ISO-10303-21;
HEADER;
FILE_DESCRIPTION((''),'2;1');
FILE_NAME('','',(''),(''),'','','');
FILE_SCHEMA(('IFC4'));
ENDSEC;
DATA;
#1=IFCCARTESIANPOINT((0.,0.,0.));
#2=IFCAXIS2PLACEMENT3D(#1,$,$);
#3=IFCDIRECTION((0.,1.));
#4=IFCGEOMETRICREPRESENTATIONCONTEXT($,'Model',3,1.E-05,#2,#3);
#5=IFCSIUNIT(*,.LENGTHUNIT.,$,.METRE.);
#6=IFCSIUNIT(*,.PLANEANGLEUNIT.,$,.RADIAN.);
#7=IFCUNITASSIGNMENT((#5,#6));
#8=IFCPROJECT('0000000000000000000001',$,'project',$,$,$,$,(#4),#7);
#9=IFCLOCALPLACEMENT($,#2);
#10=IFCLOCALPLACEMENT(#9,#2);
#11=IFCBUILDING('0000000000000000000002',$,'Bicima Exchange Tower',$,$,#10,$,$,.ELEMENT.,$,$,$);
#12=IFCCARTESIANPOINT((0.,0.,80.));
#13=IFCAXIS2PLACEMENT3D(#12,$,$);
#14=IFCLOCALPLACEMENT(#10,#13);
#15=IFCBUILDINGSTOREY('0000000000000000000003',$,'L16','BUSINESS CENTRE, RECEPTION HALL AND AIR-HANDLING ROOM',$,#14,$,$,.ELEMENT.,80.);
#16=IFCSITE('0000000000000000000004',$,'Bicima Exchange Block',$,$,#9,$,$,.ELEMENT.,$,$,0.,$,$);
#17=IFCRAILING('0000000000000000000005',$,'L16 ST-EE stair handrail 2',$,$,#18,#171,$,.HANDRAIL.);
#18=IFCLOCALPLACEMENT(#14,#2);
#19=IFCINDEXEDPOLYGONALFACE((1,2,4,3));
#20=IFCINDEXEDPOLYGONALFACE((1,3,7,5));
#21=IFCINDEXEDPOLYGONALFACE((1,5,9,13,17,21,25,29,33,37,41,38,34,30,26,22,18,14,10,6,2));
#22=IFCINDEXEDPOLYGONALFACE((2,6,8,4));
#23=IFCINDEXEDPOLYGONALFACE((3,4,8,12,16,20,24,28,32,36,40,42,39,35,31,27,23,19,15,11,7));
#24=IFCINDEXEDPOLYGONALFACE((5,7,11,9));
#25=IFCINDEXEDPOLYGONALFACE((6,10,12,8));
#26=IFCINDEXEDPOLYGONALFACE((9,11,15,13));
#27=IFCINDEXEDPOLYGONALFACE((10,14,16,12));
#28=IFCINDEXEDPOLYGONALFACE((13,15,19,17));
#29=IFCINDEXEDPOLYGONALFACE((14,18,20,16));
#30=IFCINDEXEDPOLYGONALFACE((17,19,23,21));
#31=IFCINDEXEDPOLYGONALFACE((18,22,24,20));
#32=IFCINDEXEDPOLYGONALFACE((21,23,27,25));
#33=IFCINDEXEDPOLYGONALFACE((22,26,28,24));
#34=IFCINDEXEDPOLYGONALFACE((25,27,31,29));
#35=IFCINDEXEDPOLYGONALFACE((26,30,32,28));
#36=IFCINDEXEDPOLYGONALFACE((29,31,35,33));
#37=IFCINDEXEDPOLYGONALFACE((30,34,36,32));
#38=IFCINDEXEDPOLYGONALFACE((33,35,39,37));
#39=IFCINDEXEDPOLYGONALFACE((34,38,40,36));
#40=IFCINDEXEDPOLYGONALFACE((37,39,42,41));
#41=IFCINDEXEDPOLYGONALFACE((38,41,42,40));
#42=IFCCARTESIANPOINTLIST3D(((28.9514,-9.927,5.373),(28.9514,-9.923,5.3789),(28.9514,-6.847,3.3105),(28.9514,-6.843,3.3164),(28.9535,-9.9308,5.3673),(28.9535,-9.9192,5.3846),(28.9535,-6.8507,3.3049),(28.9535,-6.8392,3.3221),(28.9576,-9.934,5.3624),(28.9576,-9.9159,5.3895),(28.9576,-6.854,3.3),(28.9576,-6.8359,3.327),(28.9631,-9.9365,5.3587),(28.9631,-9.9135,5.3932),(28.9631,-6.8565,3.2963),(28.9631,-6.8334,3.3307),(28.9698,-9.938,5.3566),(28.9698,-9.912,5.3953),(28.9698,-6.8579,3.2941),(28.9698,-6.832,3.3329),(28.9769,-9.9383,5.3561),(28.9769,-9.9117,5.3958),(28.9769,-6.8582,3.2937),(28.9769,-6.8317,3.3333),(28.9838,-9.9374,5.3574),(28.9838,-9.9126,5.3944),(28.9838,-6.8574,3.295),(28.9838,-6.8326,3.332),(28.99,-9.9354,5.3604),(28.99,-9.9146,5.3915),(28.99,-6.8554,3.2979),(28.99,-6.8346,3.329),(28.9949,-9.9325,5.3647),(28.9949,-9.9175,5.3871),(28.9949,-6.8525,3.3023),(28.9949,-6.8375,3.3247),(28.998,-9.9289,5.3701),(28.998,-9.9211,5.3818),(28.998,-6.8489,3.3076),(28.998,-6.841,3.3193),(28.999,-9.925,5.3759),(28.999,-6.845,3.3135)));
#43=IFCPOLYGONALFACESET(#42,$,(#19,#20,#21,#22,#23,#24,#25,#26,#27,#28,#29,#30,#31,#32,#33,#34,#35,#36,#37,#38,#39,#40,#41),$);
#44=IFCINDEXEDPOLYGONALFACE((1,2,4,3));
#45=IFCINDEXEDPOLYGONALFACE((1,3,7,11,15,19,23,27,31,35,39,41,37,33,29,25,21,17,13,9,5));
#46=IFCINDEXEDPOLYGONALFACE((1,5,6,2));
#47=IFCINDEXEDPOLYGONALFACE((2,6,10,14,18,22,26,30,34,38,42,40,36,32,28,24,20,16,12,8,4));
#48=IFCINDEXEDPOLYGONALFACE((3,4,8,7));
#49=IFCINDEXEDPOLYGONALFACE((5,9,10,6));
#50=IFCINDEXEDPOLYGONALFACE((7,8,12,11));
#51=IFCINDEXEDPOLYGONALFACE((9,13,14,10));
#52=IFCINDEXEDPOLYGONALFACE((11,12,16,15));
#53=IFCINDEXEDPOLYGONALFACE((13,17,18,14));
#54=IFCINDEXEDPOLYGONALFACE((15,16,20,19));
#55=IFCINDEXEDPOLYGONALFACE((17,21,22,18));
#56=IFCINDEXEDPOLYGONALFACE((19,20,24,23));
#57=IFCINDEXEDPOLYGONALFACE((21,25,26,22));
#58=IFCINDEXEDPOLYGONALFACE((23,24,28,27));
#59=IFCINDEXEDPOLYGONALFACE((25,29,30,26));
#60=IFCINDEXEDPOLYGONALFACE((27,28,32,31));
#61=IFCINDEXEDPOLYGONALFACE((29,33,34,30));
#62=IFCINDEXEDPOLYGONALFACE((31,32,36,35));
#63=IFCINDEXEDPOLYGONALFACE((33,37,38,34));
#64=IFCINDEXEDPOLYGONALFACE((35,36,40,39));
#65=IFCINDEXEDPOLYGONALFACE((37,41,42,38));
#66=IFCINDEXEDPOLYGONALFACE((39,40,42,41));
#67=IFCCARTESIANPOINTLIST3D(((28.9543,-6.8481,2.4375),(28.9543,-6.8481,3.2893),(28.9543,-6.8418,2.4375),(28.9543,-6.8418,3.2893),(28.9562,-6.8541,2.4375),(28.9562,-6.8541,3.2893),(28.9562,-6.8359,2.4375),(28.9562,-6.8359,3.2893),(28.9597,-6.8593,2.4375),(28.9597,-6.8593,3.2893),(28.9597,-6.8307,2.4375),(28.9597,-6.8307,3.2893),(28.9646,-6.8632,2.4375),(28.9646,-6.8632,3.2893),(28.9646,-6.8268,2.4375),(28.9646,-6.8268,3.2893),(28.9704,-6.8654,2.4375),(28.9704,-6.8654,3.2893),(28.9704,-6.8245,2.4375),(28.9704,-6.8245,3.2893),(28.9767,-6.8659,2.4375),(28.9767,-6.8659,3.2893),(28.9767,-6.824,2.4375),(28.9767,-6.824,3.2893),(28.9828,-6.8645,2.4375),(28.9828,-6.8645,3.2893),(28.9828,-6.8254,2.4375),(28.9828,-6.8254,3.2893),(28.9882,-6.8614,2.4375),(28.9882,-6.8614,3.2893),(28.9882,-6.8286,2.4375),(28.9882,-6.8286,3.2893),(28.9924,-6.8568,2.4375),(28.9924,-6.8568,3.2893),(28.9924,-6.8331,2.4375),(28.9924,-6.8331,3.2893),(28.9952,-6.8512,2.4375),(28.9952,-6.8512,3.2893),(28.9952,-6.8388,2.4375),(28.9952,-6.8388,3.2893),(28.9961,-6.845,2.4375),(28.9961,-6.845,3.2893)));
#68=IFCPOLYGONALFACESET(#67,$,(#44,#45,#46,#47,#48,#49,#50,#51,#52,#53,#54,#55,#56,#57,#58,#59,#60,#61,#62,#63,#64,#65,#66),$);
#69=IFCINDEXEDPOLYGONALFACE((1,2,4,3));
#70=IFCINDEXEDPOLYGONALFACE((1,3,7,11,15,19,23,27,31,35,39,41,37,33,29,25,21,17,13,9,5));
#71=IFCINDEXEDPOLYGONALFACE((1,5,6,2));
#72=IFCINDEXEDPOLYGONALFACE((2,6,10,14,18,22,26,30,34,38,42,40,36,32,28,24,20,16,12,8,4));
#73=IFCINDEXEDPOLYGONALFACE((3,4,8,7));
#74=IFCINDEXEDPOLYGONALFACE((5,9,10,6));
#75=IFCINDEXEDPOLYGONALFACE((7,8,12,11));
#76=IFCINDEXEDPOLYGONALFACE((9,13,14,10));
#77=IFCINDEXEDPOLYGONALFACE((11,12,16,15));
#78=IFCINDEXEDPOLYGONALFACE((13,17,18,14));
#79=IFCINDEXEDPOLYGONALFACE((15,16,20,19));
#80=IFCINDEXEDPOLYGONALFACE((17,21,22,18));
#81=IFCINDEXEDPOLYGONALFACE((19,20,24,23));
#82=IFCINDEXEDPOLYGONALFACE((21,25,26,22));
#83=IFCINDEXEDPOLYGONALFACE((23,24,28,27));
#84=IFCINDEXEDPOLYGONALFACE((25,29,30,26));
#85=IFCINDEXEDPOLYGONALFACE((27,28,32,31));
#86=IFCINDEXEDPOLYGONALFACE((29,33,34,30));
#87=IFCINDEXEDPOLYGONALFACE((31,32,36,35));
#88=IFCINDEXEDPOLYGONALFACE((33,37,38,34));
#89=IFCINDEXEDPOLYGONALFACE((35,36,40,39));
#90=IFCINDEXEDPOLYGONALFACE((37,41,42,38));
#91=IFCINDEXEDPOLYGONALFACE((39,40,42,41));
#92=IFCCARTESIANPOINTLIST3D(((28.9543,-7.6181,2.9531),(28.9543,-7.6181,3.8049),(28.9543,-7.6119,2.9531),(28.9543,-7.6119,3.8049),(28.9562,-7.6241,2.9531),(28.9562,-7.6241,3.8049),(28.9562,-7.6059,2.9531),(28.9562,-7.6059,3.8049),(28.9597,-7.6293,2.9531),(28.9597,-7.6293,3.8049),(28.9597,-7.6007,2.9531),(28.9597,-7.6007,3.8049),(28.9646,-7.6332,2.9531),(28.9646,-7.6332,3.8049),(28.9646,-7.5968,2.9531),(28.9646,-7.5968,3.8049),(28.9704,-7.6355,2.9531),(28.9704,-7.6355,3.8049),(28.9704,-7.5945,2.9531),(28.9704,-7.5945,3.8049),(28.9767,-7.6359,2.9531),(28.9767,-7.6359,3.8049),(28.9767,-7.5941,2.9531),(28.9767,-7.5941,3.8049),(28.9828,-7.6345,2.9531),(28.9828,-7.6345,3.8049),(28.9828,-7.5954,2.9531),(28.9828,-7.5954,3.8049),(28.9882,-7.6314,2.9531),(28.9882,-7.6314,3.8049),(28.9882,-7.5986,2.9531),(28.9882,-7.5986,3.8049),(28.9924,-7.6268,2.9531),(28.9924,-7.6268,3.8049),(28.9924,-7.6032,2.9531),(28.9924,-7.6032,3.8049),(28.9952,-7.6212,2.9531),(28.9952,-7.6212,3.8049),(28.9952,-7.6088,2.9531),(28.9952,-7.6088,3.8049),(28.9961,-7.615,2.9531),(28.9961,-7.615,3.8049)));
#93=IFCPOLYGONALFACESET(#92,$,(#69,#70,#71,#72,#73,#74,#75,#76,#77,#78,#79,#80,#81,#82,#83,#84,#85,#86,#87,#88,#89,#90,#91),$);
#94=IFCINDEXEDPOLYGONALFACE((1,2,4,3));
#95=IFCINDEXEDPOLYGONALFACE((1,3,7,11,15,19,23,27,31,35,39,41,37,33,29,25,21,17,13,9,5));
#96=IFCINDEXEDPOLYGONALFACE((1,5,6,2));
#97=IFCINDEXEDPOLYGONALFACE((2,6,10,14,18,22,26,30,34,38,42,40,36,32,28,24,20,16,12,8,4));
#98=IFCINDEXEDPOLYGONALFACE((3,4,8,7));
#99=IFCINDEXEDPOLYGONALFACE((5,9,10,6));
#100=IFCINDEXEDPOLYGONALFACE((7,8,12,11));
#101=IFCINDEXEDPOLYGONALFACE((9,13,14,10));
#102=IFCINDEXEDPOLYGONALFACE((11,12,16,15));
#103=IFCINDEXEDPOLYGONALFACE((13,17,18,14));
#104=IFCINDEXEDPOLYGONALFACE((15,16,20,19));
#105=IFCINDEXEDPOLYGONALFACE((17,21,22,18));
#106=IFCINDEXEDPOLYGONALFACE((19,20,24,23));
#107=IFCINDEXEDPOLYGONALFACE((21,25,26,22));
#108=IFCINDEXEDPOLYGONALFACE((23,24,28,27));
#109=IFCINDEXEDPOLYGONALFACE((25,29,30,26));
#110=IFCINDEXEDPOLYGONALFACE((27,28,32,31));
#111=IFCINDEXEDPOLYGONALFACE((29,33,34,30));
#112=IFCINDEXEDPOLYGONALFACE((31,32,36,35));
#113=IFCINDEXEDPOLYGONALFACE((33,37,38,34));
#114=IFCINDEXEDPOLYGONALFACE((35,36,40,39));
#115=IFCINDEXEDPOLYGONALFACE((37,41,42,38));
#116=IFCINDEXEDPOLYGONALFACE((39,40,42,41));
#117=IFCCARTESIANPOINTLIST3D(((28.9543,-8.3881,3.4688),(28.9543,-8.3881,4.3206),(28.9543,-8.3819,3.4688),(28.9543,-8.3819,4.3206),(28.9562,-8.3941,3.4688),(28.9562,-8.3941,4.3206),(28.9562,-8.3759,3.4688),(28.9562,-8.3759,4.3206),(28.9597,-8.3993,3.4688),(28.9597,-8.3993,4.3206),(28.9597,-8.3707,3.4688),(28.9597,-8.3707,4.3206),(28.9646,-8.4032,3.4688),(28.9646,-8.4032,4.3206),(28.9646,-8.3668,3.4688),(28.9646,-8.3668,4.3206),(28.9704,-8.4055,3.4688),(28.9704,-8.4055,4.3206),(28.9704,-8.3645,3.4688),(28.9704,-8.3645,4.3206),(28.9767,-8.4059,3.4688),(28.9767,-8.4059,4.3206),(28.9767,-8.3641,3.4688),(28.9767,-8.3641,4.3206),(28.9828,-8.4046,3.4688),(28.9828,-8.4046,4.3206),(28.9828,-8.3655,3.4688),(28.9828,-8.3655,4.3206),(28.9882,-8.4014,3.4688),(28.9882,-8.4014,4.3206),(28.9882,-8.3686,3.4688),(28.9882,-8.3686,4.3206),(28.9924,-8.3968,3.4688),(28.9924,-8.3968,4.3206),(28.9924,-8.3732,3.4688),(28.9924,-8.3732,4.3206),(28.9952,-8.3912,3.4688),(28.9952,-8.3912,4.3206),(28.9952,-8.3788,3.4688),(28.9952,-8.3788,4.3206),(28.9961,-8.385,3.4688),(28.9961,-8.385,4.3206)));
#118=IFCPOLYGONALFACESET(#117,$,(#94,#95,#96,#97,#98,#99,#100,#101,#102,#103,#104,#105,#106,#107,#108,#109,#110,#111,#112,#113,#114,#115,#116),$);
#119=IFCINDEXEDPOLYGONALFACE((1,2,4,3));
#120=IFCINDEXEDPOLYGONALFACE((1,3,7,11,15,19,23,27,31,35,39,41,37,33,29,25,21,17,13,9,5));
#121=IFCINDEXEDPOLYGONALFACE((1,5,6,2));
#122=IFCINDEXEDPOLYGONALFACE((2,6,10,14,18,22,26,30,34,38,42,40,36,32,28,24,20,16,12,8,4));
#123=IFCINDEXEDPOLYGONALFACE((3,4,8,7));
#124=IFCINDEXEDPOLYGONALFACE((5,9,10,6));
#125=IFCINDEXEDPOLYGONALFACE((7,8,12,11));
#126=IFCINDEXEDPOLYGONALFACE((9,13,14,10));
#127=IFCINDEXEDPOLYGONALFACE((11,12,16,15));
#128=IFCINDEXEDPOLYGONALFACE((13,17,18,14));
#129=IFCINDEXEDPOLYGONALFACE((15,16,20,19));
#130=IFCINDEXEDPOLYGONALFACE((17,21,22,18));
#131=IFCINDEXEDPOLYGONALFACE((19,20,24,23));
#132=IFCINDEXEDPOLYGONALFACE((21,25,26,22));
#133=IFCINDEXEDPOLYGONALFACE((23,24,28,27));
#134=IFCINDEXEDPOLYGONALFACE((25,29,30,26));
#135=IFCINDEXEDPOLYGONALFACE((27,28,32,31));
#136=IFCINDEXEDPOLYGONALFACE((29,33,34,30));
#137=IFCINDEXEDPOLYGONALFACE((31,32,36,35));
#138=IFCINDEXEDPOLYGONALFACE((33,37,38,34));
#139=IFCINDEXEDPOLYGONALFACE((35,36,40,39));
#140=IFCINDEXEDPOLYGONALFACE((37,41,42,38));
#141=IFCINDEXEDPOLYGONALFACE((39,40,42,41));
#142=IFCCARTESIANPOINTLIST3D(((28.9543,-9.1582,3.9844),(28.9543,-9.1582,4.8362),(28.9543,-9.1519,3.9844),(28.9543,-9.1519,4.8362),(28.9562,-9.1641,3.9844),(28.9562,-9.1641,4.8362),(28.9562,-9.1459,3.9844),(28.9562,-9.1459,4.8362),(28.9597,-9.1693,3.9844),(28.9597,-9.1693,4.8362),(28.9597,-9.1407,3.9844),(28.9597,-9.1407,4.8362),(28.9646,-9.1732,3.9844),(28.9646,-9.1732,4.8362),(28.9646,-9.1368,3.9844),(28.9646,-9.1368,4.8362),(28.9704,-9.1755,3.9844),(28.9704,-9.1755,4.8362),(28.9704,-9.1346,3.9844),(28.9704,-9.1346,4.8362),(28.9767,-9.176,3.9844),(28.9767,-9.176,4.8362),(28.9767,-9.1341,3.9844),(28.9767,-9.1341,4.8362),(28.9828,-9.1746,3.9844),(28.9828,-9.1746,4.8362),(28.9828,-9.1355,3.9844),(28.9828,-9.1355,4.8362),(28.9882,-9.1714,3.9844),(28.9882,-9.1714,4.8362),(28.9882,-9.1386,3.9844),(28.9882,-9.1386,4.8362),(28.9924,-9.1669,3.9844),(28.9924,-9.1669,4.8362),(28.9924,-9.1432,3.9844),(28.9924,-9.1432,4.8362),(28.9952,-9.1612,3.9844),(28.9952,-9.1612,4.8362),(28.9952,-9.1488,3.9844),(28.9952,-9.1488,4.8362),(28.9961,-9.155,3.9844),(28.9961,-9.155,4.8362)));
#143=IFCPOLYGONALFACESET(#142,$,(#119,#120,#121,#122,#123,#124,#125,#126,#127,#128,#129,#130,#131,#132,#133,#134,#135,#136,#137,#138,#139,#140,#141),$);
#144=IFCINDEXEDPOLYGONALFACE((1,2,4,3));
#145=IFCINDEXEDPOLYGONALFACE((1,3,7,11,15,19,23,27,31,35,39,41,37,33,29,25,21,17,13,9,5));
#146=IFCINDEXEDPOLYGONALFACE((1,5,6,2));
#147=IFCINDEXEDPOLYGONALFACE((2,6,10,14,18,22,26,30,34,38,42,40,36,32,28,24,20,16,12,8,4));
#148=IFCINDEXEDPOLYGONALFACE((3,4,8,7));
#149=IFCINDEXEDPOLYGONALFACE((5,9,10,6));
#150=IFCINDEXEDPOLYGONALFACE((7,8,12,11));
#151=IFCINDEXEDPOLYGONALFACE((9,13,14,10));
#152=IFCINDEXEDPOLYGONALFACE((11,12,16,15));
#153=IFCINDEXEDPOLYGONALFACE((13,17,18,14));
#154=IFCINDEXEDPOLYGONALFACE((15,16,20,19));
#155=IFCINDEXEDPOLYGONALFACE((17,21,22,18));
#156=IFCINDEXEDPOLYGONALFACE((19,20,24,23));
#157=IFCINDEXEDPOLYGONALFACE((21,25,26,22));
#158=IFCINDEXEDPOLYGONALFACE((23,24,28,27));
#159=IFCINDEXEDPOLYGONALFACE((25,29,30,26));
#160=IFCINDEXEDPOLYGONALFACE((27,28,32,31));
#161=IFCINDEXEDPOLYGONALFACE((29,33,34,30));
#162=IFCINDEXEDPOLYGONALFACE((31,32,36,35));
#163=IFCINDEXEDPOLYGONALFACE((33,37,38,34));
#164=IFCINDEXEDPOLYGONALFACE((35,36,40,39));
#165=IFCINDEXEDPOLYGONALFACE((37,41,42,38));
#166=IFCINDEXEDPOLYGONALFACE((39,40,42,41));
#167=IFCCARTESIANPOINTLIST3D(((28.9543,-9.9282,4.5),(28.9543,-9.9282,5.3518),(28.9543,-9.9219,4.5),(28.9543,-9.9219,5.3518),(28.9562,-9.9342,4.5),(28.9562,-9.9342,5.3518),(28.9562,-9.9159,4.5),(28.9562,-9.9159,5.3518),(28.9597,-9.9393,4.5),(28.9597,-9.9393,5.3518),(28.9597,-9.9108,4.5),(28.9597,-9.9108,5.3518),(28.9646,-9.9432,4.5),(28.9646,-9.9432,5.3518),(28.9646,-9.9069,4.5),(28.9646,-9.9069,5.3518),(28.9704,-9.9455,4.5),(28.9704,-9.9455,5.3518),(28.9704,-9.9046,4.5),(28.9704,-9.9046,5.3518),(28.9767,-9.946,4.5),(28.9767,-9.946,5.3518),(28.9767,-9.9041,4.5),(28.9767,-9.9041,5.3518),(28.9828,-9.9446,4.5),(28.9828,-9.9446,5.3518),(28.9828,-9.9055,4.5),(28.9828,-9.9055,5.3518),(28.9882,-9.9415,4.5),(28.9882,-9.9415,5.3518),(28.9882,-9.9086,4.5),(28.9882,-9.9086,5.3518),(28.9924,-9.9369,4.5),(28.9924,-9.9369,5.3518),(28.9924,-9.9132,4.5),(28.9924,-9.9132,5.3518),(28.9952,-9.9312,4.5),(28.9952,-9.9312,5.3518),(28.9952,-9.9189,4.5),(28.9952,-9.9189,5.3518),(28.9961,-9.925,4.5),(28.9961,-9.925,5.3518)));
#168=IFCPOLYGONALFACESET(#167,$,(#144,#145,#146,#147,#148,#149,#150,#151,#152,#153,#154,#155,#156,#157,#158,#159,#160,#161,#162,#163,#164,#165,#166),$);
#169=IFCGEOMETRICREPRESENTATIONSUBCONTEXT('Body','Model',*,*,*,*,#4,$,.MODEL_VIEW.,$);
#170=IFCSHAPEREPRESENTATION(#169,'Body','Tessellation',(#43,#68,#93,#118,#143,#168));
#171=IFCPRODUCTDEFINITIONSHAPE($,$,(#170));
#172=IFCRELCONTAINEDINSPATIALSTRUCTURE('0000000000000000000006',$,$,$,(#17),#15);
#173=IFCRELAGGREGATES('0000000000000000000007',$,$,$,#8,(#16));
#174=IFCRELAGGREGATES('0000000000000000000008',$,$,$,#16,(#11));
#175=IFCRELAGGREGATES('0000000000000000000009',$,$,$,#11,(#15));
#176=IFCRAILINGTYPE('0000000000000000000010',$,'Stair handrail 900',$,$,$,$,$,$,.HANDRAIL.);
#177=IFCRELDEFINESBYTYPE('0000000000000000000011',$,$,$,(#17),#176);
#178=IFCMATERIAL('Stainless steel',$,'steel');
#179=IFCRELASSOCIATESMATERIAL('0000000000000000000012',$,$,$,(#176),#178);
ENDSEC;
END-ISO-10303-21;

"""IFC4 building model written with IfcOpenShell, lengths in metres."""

from ifc_helpers import new_model, si_unit, direction, frame, origin, origin_2d, place, context, subcontext, project, spatial, circle, extrude, material, type_object, element, save


model = new_model("IFC4")

# Units and contexts
model_context = context("Model", 3, precision=1e-05, world=origin(), true_north=direction((0.0, 1.0)))
body_context = subcontext(model_context, "Body", "Model", "MODEL_VIEW")
ifc_project = project(units=[si_unit("LENGTHUNIT", "METRE"), si_unit("PLANEANGLEUNIT", "RADIAN")], contexts=[model_context])

# Site, building, storey
site_placement = place(None, origin())
site = spatial("IfcSite", under=ifc_project, at=site_placement, Name="Bicima Exchange Block", CompositionType="ELEMENT", RefElevation=0.0)
building_placement = place(site_placement, origin())
building = spatial("IfcBuilding", under=site, at=building_placement, Name="Bicima Exchange Tower", CompositionType="ELEMENT")
storey_placement = place(building_placement, frame((0.0, 0.0, 80.0)))
storey = spatial("IfcBuildingStorey", under=building, at=storey_placement, Name="L16", Description="BUSINESS CENTRE, RECEPTION HALL AND AIR-HANDLING ROOM", CompositionType="ELEMENT", Elevation=80.0)

# Railing
ifc_material_1 = material(Name="Stainless steel", Category="steel")
railing_type_1 = type_object("IfcRailingType", Name="Stair handrail 900", PredefinedType="HANDRAIL", material=ifc_material_1)
railing_1_placement = place(storey_placement, frame((28.9751, -6.845, 2.4375)))
element("IfcRailing", 1, at=railing_1_placement, inside=storey, type_object=railing_type_1, Name="L16 ST-EE stair handrail 2", PredefinedType="HANDRAIL", context=body_context, shape_type="SweptSolid", body=[
    extrude(circle(Radius=0.0239, at=origin_2d()), frame((0.0, 0.0, 0.876), z_axis=(0.0, -0.830914, 0.556401), x_axis=(1.0, 0.0, 0.0)), (0.0, 0.0, 1.0), 3.7068),
    extrude(circle(Radius=0.021, at=origin_2d()), origin(), (0.0, 0.0, 1.0), 0.8518),
    extrude(circle(Radius=0.021, at=origin_2d()), frame((0.0, -0.77, 0.5156)), (0.0, 0.0, 1.0), 0.8518),
    extrude(circle(Radius=0.021, at=origin_2d()), frame((0.0, -1.54, 1.0312)), (0.0, 0.0, 1.0), 0.8518),
    extrude(circle(Radius=0.021, at=origin_2d()), frame((0.0, -2.3101, 1.5469)), (0.0, 0.0, 1.0), 0.8518),
    extrude(circle(Radius=0.021, at=origin_2d()), frame((0.0, -3.0801, 2.0625)), (0.0, 0.0, 1.0), 0.8518),
])

save(model, "model.ifc")
